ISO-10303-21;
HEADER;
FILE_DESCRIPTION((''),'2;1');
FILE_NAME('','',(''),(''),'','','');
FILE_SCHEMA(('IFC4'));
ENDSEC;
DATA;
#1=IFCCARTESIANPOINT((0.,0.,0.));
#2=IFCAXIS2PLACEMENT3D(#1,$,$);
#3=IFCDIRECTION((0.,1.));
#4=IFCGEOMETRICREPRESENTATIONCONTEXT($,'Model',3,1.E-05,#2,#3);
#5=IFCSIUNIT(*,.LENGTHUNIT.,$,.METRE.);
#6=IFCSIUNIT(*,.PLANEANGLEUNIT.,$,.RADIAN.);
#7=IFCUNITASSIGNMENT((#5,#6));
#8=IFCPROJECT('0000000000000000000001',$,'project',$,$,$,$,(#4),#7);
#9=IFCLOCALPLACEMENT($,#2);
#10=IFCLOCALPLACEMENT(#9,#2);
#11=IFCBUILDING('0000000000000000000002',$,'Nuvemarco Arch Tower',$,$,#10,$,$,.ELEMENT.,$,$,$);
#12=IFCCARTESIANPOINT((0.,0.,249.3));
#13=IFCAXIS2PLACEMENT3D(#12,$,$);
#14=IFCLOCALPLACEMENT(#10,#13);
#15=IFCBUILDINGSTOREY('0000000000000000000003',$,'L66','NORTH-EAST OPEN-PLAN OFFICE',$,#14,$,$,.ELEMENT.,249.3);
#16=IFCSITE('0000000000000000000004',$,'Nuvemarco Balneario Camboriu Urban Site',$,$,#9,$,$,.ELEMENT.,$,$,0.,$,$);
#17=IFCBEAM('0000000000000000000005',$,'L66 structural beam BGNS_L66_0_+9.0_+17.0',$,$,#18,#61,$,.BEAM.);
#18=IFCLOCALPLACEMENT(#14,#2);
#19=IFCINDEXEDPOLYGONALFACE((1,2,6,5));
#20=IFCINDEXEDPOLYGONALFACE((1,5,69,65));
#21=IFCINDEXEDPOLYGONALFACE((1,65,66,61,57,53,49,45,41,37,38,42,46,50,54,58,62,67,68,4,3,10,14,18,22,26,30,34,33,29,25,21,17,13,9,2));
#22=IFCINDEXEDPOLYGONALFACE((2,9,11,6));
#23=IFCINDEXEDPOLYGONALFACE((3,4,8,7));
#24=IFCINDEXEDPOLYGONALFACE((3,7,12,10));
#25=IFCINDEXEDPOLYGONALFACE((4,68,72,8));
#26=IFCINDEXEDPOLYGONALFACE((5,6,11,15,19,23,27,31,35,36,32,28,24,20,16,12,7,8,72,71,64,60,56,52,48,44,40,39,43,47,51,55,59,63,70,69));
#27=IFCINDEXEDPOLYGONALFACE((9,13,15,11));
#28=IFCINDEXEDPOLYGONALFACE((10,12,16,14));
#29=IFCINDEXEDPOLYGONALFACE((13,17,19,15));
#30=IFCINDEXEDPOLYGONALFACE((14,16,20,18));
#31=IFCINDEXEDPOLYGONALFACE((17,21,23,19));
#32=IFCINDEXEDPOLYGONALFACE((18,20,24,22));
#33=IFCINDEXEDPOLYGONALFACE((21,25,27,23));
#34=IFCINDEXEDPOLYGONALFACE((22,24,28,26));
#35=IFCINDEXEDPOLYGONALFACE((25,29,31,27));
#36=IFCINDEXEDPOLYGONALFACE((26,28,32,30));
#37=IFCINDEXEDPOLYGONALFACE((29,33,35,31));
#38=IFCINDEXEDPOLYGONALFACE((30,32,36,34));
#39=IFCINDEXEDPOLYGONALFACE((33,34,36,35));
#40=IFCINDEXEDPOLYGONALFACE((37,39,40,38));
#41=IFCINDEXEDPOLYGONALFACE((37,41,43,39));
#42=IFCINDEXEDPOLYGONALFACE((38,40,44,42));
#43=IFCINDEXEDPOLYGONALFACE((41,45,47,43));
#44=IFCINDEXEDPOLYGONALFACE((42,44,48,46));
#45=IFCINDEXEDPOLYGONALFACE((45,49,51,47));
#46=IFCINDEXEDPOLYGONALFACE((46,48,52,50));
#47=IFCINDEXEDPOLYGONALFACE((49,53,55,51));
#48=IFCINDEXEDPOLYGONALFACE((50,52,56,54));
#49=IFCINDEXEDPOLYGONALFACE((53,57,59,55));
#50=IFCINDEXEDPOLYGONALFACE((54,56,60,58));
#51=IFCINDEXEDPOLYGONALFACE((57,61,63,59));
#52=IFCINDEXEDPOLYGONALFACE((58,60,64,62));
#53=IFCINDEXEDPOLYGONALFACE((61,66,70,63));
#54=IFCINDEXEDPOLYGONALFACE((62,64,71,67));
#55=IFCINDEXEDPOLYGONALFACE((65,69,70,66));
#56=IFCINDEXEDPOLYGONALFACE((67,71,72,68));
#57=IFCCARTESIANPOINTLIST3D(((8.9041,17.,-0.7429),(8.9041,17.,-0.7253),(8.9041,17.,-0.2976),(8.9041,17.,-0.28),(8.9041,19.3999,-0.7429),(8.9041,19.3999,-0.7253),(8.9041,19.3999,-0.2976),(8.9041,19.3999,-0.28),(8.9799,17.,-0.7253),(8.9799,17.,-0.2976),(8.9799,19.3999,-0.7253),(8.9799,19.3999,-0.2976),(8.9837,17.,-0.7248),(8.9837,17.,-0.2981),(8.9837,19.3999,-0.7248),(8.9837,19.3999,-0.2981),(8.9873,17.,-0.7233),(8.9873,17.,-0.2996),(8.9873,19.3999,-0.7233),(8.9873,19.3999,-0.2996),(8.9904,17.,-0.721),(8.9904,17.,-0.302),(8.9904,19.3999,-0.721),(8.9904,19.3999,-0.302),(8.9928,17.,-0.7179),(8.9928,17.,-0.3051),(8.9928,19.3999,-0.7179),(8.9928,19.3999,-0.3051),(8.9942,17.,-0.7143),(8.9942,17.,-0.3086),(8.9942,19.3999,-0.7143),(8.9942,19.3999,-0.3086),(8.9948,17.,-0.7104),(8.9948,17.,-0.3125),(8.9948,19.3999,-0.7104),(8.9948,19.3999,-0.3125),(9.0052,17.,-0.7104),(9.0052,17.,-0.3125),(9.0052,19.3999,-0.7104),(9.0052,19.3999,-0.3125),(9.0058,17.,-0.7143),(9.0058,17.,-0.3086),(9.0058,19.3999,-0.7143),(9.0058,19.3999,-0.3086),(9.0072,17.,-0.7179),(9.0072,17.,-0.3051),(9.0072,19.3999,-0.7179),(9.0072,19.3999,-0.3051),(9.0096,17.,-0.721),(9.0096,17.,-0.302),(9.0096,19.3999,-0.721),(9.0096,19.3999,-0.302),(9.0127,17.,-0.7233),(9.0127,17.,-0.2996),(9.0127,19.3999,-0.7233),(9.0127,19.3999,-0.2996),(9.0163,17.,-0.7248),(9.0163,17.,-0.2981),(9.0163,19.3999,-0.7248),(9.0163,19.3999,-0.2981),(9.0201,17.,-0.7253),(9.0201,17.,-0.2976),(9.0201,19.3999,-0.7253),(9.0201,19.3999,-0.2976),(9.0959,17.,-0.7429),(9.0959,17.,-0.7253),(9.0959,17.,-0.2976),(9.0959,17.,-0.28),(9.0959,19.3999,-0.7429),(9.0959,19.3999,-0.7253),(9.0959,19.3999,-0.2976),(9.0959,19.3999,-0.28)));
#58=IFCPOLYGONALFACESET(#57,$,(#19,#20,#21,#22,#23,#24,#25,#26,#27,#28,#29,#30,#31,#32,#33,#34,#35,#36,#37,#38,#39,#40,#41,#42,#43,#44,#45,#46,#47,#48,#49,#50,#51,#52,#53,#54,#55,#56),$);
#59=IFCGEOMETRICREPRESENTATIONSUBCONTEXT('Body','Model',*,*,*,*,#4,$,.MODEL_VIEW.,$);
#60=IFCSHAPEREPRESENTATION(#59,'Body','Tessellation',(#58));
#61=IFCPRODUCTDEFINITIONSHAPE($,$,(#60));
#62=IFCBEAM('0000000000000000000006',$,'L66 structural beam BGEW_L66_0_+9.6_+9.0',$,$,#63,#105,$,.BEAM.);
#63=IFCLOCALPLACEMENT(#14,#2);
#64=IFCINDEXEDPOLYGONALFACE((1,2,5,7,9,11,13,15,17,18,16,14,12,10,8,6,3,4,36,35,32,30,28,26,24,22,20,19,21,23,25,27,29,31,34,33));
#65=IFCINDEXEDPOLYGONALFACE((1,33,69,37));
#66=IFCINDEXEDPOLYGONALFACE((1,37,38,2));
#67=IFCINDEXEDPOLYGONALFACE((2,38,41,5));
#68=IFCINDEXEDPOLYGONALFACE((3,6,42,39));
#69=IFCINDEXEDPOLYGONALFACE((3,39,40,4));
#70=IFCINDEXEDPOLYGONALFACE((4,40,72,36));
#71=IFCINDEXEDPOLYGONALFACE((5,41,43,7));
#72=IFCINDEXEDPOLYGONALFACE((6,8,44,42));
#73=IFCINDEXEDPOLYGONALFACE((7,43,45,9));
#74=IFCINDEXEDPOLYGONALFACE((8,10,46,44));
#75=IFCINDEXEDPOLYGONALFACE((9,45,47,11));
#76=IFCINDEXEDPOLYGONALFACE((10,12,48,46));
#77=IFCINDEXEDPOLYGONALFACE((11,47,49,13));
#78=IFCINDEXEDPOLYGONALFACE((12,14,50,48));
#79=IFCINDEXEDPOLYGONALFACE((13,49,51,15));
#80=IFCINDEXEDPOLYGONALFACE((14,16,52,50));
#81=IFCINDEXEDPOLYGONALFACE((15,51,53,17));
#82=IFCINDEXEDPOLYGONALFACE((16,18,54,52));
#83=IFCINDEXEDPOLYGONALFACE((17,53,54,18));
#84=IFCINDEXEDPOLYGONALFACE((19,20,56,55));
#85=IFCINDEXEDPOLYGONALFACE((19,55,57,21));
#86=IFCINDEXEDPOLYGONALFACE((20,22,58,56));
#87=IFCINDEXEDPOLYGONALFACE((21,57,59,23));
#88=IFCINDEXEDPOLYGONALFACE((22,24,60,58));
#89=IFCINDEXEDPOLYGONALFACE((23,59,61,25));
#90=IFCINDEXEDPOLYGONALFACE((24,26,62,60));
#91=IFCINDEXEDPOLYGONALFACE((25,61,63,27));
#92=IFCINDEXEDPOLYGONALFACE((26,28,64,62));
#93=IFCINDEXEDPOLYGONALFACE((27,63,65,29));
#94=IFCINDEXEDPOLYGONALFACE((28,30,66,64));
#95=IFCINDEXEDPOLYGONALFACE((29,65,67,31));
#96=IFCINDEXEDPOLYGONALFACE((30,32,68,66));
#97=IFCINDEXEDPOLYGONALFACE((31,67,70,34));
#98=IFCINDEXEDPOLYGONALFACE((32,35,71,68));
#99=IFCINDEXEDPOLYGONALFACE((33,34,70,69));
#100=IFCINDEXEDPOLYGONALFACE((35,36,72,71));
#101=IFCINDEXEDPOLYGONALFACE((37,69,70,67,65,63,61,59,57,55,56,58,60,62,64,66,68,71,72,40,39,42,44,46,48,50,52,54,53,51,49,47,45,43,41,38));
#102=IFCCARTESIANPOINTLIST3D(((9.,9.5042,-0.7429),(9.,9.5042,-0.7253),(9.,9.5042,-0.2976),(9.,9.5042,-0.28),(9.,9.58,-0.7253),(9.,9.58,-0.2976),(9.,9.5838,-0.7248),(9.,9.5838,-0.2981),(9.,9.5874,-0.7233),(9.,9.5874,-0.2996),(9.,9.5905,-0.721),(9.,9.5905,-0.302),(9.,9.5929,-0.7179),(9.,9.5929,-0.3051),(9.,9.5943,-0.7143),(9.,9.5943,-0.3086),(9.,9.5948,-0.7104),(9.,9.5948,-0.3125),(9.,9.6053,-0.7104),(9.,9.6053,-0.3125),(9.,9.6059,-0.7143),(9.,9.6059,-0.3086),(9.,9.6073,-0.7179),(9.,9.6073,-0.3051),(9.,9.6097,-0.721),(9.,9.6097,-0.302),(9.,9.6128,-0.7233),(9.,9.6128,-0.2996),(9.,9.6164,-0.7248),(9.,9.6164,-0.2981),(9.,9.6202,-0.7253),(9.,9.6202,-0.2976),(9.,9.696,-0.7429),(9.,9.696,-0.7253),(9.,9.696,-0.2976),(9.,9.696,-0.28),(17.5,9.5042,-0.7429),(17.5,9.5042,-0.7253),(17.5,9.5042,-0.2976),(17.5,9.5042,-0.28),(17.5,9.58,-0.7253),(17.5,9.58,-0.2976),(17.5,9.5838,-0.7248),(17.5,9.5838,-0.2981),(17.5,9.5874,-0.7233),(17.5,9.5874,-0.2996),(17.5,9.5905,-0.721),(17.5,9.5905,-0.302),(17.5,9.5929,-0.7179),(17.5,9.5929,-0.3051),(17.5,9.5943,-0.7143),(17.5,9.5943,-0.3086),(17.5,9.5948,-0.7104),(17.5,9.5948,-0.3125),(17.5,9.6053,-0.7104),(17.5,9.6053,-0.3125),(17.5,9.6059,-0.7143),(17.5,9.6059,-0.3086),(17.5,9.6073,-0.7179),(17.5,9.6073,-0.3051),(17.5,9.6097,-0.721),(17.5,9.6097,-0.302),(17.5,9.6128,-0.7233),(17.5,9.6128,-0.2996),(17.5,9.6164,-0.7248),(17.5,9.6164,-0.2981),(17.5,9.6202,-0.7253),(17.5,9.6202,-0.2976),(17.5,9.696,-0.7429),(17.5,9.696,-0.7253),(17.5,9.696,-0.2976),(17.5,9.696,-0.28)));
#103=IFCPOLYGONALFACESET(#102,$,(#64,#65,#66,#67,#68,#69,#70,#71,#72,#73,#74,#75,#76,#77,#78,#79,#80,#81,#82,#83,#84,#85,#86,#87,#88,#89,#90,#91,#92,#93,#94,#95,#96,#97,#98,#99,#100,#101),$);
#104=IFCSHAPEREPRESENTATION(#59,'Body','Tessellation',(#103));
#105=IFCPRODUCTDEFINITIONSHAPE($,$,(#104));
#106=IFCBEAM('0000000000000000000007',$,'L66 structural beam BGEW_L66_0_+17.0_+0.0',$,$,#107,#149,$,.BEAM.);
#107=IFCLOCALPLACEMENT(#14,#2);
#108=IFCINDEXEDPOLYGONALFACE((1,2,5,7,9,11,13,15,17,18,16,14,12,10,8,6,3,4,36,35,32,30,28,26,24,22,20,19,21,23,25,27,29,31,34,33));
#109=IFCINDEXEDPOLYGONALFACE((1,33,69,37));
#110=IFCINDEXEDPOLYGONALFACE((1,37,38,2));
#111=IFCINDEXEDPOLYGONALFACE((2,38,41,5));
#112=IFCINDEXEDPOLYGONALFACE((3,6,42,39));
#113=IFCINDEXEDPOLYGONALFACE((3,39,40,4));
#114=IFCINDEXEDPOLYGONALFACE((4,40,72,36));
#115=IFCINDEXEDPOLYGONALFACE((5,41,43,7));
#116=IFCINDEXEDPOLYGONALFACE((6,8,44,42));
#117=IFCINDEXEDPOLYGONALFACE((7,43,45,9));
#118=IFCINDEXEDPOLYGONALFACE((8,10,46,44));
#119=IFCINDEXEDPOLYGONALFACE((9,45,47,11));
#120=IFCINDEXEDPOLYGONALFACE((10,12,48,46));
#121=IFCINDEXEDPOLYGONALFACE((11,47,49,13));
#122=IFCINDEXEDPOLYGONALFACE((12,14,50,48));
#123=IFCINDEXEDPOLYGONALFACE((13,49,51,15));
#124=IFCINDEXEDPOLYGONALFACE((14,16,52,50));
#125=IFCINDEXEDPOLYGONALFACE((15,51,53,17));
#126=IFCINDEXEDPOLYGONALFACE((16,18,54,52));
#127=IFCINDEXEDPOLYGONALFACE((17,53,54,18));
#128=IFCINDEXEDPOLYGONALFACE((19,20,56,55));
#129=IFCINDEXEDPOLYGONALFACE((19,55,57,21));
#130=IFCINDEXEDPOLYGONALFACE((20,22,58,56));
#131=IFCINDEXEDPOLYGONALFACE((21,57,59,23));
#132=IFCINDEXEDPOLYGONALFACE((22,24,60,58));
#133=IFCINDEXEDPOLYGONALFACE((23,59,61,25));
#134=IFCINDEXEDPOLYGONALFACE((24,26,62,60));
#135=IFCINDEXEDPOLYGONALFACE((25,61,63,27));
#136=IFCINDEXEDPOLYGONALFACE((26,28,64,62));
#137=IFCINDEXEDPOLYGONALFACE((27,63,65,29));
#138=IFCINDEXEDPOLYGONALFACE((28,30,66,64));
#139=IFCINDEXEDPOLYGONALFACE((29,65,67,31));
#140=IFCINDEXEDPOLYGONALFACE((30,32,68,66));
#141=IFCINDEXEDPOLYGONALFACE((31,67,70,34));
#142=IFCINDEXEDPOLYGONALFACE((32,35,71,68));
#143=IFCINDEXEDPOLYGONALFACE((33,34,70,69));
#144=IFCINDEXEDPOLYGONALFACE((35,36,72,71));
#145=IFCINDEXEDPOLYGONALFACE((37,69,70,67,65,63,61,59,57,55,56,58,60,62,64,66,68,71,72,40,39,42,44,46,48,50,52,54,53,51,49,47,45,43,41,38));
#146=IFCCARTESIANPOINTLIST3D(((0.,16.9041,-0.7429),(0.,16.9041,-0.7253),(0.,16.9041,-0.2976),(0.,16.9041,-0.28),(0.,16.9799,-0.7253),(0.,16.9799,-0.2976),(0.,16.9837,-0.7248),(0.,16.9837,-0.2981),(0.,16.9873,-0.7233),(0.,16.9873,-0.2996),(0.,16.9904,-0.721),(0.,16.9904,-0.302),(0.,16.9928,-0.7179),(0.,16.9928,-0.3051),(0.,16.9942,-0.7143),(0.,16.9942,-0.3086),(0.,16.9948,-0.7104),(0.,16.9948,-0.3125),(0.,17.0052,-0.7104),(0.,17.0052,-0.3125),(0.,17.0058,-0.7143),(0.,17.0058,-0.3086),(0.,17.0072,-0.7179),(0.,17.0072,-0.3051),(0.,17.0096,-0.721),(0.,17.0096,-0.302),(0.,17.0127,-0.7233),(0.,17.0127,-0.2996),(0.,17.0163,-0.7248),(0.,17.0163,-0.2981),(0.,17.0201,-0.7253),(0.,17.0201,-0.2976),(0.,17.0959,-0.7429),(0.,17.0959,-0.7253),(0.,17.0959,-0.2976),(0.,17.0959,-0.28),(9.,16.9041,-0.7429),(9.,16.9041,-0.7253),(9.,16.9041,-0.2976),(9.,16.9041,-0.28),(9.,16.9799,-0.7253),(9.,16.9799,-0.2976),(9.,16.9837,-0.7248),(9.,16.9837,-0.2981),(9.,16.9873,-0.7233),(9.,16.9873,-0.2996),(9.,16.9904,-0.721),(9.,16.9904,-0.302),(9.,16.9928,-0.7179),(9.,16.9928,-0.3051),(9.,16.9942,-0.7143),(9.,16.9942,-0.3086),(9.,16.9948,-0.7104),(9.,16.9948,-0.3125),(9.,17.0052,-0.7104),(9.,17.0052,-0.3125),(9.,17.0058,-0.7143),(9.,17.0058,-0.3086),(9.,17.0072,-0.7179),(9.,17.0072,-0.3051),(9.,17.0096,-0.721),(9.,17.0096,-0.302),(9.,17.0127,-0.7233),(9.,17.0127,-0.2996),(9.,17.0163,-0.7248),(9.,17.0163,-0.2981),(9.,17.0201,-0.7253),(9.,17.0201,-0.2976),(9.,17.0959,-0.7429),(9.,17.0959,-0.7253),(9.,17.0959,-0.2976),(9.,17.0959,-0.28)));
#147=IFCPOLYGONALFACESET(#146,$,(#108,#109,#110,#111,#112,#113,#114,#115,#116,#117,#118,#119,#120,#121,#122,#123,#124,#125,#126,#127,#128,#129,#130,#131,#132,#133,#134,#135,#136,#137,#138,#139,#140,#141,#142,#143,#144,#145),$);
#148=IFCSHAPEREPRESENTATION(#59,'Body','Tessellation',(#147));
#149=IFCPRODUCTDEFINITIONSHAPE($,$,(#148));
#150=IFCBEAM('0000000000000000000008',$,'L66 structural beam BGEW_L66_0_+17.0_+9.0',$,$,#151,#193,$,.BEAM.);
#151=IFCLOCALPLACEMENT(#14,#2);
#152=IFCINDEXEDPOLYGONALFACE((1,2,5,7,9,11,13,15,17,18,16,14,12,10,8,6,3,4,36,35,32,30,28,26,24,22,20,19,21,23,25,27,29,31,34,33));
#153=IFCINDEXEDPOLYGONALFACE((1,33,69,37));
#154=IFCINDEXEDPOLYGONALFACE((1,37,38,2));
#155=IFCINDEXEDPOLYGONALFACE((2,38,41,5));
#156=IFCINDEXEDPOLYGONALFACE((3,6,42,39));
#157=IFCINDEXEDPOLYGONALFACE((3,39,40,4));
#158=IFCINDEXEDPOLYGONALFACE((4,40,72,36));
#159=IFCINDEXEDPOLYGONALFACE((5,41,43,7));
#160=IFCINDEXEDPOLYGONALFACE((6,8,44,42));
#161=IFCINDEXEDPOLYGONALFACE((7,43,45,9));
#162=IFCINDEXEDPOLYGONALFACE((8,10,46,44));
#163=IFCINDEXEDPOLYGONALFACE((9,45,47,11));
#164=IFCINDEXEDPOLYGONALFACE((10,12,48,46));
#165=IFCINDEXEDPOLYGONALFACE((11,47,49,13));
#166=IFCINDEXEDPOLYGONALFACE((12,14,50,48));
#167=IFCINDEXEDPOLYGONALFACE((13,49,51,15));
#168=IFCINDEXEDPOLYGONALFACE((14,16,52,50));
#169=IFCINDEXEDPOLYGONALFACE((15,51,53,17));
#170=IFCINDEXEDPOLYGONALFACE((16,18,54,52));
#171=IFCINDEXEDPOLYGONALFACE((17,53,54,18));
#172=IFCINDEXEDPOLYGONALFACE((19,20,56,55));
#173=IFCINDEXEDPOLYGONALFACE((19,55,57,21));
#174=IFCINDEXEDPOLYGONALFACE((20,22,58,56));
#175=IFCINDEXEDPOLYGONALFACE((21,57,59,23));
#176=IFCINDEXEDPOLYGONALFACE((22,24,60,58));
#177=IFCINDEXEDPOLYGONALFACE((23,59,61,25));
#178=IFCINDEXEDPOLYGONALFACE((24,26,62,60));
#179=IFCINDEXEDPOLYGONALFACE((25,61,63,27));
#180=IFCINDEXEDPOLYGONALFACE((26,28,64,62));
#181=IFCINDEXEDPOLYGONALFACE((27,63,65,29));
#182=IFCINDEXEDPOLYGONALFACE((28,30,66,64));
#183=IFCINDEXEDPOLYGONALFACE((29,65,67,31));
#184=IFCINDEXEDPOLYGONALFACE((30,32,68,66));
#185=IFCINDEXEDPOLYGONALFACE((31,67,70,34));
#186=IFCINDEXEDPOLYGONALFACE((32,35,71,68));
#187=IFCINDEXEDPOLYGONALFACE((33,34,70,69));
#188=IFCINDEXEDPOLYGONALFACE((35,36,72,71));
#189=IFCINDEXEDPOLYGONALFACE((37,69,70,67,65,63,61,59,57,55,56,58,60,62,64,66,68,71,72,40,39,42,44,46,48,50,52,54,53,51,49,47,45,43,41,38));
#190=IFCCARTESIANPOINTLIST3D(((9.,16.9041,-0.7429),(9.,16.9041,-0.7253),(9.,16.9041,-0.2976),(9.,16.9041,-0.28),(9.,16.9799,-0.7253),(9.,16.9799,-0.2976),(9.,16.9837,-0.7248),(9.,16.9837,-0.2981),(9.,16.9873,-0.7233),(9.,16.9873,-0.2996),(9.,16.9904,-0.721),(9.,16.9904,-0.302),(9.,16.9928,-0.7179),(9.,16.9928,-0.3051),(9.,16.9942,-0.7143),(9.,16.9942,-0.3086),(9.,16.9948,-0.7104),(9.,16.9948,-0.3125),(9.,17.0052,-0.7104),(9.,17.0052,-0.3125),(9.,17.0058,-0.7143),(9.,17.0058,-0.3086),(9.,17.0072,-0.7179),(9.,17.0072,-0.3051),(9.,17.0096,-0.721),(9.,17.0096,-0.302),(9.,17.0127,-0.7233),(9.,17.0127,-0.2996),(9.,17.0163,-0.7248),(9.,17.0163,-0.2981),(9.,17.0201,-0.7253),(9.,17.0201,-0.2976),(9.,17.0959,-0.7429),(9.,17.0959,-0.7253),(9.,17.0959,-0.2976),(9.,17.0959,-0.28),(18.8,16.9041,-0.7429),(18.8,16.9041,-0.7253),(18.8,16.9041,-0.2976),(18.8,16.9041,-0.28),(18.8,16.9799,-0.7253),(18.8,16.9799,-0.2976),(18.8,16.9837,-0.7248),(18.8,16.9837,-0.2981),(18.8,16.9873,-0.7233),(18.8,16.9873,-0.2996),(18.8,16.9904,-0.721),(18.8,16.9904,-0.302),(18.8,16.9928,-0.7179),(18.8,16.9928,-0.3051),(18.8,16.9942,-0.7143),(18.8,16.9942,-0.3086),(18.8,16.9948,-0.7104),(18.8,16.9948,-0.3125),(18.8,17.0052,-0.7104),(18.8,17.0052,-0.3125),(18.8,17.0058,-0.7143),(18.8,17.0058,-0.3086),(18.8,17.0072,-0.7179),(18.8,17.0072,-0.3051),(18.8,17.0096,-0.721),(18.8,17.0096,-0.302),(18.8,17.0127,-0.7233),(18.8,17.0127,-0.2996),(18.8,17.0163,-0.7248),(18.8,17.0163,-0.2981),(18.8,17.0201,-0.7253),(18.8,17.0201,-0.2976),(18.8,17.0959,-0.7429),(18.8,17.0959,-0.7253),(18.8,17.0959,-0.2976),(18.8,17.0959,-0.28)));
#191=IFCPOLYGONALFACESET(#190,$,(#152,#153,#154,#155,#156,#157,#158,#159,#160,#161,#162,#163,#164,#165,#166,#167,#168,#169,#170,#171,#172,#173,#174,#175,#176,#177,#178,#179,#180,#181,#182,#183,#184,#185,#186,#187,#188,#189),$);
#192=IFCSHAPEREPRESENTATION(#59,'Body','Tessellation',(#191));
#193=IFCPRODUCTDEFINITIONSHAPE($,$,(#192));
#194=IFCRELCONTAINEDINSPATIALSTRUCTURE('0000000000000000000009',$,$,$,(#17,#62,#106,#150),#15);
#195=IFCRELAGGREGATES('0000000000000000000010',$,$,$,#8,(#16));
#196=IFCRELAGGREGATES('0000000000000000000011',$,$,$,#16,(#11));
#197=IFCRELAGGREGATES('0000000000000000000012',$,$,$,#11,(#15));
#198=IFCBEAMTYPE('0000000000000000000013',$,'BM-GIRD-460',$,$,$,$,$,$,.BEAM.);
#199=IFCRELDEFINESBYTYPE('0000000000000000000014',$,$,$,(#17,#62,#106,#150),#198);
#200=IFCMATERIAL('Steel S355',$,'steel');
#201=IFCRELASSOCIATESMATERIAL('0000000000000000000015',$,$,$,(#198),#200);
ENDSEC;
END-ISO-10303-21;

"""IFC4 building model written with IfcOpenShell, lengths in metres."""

from ifc_helpers import new_model, si_unit, direction, frame, origin, origin_2d, place, context, subcontext, project, spatial, i_section, extrude, material, material_profile, profile_set, type_object, element, save


model = new_model("IFC4")

# Units and contexts
model_context = context("Model", 3, precision=1e-05, world=origin(), true_north=direction((0.0, 1.0)))
body_context = subcontext(model_context, "Body", "Model", "MODEL_VIEW")
ifc_project = project(units=[si_unit("LENGTHUNIT", "METRE"), si_unit("PLANEANGLEUNIT", "RADIAN")], contexts=[model_context])

# Site, building, storey
site_placement = place(None, origin())
site = spatial("IfcSite", under=ifc_project, at=site_placement, Name="Nuvemarco Balneario Camboriu Urban Site", CompositionType="ELEMENT", RefElevation=0.0)
building_placement = place(site_placement, origin())
building = spatial("IfcBuilding", under=site, at=building_placement, Name="Nuvemarco Arch Tower", CompositionType="ELEMENT")
storey_placement = place(building_placement, frame((0.0, 0.0, 249.3)))
storey = spatial("IfcBuildingStorey", under=building, at=storey_placement, Name="L66", Description="NORTH-EAST OPEN-PLAN OFFICE", CompositionType="ELEMENT", Elevation=249.3)

# Shared definitions
ifc_material_1 = material(Name="Steel S355", Category="steel")

# Beams
ifc_material_profile_1 = material_profile(ifc_material_1, i_section(OverallWidth=0.1919, OverallDepth=0.4629, WebThickness=0.0105, FlangeThickness=0.0176, FilletRadius=0.0149, at=origin_2d()), Name="W460x89")
ifc_profile_set_1 = profile_set([ifc_material_profile_1], Name="Steel S355")
beam_type_1 = type_object("IfcBeamType", Name="BM-GIRD-460", PredefinedType="BEAM", material=ifc_profile_set_1)
beam_1_placement = place(storey_placement, frame((9.0, 17.0, -0.5115), z_axis=(0.0, 1.0, 0.0), x_axis=(-1.0, 0.0, 0.0)))
element("IfcBeam", 1, at=beam_1_placement, inside=storey, type_object=beam_type_1, Name="L66 structural beam BGNS_L66_0_+9.0_+17.0", PredefinedType="BEAM", context=body_context, shape_type="SweptSolid", body=[
    extrude(i_section(OverallWidth=0.1919, OverallDepth=0.4629, WebThickness=0.0105, FlangeThickness=0.0176, FilletRadius=0.0149, at=origin_2d()), origin(), (0.0, 0.0, 1.0), 2.3999),
])
beam_2_placement = place(storey_placement, frame((9.0, 9.6001, -0.5115), z_axis=(1.0, 0.0, 0.0), x_axis=(0.0, 1.0, 0.0)))
element("IfcBeam", 2, at=beam_2_placement, inside=storey, type_object=beam_type_1, Name="L66 structural beam BGEW_L66_0_+9.6_+9.0", PredefinedType="BEAM", context=body_context, shape_type="SweptSolid", body=[
    extrude(i_section(OverallWidth=0.1919, OverallDepth=0.4629, WebThickness=0.0105, FlangeThickness=0.0176, FilletRadius=0.0149, at=origin_2d()), origin(), (0.0, 0.0, 1.0), 8.5),
])
beam_3_placement = place(storey_placement, frame((0.0, 17.0, -0.5115), z_axis=(1.0, 0.0, 0.0), x_axis=(0.0, 1.0, 0.0)))
element("IfcBeam", 3, at=beam_3_placement, inside=storey, type_object=beam_type_1, Name="L66 structural beam BGEW_L66_0_+17.0_+0.0", PredefinedType="BEAM", context=body_context, shape_type="SweptSolid", body=[
    extrude(i_section(OverallWidth=0.1919, OverallDepth=0.4629, WebThickness=0.0105, FlangeThickness=0.0176, FilletRadius=0.0149, at=origin_2d()), origin(), (0.0, 0.0, 1.0), 9.0),
])
beam_4_placement = place(storey_placement, frame((9.0, 17.0, -0.5115), z_axis=(1.0, 0.0, 0.0), x_axis=(0.0, 1.0, 0.0)))
element("IfcBeam", 4, at=beam_4_placement, inside=storey, type_object=beam_type_1, Name="L66 structural beam BGEW_L66_0_+17.0_+9.0", PredefinedType="BEAM", context=body_context, shape_type="SweptSolid", body=[
    extrude(i_section(OverallWidth=0.1919, OverallDepth=0.4629, WebThickness=0.0105, FlangeThickness=0.0176, FilletRadius=0.0149, at=origin_2d()), origin(), (0.0, 0.0, 1.0), 9.8),
])

save(model, "model.ifc")
